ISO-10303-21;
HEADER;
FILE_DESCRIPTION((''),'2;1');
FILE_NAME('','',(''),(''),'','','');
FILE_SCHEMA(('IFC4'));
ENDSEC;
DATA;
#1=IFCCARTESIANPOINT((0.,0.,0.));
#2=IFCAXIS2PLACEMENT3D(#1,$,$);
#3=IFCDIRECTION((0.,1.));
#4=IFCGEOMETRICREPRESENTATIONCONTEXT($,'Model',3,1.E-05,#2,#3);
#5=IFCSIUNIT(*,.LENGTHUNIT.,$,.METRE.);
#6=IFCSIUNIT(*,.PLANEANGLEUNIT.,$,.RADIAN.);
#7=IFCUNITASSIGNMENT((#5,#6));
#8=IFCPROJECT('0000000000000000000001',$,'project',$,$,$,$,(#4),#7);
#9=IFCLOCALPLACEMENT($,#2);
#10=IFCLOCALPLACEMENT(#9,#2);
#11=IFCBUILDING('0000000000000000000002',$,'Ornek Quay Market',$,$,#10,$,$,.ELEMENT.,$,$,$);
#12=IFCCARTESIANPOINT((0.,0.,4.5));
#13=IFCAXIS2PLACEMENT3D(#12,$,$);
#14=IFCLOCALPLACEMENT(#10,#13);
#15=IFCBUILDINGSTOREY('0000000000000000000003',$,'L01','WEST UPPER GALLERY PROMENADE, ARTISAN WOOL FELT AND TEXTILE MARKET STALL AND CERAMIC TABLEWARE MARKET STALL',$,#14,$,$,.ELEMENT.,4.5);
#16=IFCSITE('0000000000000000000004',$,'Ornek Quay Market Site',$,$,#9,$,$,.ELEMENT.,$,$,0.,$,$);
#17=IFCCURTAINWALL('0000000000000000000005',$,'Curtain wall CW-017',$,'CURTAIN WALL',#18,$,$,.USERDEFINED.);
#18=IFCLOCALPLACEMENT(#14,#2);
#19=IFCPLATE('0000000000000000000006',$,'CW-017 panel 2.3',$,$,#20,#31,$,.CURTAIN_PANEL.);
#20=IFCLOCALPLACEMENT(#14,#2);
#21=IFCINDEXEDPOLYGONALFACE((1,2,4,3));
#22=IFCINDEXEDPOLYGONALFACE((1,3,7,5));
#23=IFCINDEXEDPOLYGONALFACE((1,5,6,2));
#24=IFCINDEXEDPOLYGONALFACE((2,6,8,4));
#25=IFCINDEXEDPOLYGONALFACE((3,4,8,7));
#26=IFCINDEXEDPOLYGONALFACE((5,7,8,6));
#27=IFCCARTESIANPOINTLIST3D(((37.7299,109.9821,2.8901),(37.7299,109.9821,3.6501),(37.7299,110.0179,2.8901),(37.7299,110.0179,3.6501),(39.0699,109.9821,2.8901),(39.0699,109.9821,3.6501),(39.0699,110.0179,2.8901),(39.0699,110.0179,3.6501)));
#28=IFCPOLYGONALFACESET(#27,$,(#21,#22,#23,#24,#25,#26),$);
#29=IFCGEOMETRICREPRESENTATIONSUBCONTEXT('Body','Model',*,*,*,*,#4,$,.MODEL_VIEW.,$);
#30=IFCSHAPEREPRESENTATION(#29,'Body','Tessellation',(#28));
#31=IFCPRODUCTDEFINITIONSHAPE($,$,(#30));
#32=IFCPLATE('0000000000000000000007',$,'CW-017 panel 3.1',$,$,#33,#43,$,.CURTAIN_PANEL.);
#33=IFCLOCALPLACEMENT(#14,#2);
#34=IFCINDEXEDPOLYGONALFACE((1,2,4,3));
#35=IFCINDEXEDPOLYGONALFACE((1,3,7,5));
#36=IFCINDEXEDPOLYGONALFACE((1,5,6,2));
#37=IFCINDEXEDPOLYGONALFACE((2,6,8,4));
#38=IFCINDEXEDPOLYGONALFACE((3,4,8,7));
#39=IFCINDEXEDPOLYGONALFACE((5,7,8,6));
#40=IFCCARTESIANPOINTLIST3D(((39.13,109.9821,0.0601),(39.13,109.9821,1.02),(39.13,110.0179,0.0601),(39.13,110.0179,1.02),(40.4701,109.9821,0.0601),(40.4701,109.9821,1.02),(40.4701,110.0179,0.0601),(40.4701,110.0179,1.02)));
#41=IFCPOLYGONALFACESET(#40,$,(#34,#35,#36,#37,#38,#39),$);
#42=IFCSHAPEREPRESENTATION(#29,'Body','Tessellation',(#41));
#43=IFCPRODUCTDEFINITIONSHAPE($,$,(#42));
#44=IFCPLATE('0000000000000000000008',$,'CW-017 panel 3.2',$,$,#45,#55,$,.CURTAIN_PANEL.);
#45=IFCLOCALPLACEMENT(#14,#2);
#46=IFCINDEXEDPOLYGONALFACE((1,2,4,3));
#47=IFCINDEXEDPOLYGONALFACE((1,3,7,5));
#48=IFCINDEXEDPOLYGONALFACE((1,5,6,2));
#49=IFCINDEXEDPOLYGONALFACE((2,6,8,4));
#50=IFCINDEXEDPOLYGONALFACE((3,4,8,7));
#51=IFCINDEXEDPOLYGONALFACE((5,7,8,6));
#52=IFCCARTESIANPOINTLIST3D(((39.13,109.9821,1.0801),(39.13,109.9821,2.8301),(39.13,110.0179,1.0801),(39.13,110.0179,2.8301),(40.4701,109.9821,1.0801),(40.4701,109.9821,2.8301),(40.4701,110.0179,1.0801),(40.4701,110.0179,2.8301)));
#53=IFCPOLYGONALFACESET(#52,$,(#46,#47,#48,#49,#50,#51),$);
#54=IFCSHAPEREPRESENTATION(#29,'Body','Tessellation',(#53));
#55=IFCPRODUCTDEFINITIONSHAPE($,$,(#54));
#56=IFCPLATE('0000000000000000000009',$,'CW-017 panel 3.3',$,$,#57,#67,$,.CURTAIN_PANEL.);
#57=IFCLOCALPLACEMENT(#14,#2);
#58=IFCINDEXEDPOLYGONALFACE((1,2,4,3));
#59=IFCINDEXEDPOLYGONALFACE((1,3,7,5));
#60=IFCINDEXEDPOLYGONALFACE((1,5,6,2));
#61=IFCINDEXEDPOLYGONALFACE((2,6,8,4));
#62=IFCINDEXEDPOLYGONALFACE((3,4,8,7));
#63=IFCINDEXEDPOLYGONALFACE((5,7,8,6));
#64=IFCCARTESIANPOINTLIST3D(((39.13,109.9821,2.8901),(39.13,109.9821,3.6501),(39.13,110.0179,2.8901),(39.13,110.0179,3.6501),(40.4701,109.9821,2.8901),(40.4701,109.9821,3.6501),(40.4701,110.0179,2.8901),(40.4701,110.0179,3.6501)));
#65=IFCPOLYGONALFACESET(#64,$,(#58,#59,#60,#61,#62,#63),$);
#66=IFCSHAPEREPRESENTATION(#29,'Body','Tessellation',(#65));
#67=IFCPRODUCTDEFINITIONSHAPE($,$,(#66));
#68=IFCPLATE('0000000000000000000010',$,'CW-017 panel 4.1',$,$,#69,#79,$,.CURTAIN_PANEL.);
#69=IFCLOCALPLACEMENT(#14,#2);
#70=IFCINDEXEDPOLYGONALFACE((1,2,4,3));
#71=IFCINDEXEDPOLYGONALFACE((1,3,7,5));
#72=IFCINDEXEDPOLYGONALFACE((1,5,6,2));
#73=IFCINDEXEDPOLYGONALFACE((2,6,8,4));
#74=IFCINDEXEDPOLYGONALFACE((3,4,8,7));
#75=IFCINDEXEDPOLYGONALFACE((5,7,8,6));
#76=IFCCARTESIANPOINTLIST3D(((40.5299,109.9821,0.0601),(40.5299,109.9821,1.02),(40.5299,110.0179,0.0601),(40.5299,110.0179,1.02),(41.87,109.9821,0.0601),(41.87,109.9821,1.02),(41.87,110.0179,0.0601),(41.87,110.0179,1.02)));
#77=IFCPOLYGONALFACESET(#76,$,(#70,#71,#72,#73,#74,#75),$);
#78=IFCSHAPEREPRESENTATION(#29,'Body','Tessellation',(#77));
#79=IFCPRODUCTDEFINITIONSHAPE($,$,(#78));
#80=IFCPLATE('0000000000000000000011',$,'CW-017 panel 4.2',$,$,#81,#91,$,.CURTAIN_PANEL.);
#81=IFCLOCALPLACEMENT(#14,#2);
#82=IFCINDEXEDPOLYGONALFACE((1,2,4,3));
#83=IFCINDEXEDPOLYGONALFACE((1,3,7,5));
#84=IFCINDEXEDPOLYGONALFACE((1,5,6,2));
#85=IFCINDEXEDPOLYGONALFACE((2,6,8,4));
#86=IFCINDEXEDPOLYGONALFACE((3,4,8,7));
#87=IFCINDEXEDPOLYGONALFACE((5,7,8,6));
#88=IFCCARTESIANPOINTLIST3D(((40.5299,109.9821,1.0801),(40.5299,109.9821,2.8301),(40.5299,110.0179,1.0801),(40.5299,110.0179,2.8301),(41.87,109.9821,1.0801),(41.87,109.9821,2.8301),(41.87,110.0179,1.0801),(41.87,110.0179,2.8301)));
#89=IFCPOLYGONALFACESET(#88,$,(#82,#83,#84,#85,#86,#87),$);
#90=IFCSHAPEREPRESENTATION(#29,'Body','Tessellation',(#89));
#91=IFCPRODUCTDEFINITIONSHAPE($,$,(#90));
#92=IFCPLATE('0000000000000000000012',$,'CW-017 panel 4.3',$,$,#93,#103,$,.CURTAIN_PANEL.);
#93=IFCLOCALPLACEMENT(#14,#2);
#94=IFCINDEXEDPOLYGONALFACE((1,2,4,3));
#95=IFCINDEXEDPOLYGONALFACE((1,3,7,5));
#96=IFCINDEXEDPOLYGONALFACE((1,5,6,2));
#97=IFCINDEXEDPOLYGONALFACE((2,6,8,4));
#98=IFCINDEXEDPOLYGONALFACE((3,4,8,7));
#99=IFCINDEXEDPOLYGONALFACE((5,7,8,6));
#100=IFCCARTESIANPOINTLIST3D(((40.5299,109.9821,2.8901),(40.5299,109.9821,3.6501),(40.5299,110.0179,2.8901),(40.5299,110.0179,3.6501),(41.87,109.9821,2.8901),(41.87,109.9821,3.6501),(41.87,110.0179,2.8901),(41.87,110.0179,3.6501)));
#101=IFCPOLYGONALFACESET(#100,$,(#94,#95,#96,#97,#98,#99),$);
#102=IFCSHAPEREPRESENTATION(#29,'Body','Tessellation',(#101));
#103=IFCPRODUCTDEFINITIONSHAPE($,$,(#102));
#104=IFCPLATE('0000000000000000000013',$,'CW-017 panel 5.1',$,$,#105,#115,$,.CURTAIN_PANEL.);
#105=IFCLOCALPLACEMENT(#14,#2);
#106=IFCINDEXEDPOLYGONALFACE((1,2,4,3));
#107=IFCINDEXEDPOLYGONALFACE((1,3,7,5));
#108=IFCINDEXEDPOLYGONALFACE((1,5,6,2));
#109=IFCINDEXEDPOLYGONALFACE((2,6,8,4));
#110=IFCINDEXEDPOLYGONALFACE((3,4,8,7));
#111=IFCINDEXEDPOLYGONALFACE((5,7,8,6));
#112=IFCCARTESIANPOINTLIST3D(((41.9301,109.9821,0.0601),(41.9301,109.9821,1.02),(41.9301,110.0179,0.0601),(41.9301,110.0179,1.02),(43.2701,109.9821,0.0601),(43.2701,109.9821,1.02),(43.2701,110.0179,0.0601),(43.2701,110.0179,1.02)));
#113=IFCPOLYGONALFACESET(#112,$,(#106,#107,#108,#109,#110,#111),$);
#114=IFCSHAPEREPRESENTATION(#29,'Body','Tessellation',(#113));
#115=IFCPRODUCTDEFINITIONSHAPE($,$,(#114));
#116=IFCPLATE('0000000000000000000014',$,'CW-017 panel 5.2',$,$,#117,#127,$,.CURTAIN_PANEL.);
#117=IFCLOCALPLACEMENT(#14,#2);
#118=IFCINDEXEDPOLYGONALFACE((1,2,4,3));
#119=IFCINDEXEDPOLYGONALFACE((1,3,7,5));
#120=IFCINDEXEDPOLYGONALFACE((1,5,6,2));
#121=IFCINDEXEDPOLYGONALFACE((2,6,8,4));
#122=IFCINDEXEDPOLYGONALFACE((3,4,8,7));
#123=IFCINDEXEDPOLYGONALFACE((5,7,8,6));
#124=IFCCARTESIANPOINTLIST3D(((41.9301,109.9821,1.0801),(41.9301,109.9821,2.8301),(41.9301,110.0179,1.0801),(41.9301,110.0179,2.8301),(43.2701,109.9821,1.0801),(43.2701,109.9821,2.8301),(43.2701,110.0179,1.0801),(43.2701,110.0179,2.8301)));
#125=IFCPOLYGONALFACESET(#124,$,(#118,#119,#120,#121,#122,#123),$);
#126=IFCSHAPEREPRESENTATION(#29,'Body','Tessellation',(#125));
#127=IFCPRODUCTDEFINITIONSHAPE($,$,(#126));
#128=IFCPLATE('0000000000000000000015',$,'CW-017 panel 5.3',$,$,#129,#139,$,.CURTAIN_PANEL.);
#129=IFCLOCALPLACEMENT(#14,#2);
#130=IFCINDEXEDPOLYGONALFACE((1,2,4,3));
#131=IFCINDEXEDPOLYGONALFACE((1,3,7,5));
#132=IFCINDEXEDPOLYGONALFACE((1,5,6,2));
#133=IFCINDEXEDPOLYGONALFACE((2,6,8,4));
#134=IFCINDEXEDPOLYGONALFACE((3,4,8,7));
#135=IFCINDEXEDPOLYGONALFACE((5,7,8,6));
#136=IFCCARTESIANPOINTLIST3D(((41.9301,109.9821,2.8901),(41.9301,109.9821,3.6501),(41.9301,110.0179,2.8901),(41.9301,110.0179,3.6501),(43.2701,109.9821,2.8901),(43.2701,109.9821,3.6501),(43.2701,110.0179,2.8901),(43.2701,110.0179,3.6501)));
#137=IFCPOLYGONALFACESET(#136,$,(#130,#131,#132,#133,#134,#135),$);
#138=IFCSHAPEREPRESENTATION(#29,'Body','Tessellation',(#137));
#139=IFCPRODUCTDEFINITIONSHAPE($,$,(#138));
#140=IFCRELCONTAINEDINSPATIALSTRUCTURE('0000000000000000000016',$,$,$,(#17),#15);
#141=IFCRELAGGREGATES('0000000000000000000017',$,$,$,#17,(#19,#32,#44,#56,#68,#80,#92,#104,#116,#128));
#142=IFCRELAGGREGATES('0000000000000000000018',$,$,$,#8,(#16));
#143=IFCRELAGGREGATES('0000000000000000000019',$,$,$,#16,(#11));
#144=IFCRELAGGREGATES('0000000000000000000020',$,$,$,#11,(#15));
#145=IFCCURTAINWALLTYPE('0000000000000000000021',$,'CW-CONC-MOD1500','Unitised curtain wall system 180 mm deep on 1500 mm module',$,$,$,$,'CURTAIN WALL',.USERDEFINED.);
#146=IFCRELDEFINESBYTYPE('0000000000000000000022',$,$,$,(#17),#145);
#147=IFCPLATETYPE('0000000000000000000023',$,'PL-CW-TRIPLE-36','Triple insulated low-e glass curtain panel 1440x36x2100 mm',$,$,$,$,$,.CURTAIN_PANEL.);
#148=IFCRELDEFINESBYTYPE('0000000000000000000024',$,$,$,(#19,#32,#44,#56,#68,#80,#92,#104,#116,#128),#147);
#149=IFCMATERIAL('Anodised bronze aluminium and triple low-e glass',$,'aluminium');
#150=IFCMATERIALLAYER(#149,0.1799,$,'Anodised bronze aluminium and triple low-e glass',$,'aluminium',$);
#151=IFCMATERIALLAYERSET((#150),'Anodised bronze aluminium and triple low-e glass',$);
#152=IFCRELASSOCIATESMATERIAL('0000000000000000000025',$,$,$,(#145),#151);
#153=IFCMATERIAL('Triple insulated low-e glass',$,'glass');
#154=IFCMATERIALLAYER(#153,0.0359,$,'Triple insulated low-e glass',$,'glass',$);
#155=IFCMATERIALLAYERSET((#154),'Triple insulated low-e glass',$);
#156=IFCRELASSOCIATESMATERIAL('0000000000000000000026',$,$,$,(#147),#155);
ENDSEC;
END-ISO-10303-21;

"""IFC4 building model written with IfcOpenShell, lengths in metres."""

from ifc_helpers import new_model, si_unit, direction, frame, origin, origin_2d, place, context, subcontext, project, spatial, rectangle, extrude, material, layer, layer_set, type_object, element, aggregate, save


model = new_model("IFC4")

# Units and contexts
model_context = context("Model", 3, precision=1e-05, world=origin(), true_north=direction((0.0, 1.0)))
body_context = subcontext(model_context, "Body", "Model", "MODEL_VIEW")
ifc_project = project(units=[si_unit("LENGTHUNIT", "METRE"), si_unit("PLANEANGLEUNIT", "RADIAN")], contexts=[model_context])

# Site, building, storey
site_placement = place(None, origin())
site = spatial("IfcSite", under=ifc_project, at=site_placement, Name="Ornek Quay Market Site", CompositionType="ELEMENT", RefElevation=0.0)
building_placement = place(site_placement, origin())
building = spatial("IfcBuilding", under=site, at=building_placement, Name="Ornek Quay Market", CompositionType="ELEMENT")
storey_placement = place(building_placement, frame((0.0, 0.0, 4.5)))
storey = spatial("IfcBuildingStorey", under=building, at=storey_placement, Name="L01", Description="WEST UPPER GALLERY PROMENADE, ARTISAN WOOL FELT AND TEXTILE MARKET STALL AND CERAMIC TABLEWARE MARKET STALL", CompositionType="ELEMENT", Elevation=4.5)

# Curtain wall, plates
ifc_material_1 = material(Name="Anodised bronze aluminium and triple low-e glass", Category="aluminium")
ifc_layer_1 = layer(ifc_material_1, 0.1799, Name="Anodised bronze aluminium and triple low-e glass", Category="aluminium")
ifc_layer_set_1 = layer_set([ifc_layer_1], Name="Anodised bronze aluminium and triple low-e glass")
curtain_wall_type = type_object("IfcCurtainWallType", Name="CW-CONC-MOD1500", Description="Unitised curtain wall system 180 mm deep on 1500 mm module", ElementType="CURTAIN WALL", PredefinedType="USERDEFINED", material=ifc_layer_set_1)
curtain_wall_placement = place(storey_placement, origin())
curtain_wall = element("IfcCurtainWall", 1, at=curtain_wall_placement, inside=storey, type_object=curtain_wall_type, Name="Curtain wall CW-017", ObjectType="CURTAIN WALL", PredefinedType="USERDEFINED")
ifc_material_2 = material(Name="Triple insulated low-e glass", Category="glass")
ifc_layer_2 = layer(ifc_material_2, 0.0359, Name="Triple insulated low-e glass", Category="glass")
ifc_layer_set_2 = layer_set([ifc_layer_2], Name="Triple insulated low-e glass")
plate_type = type_object("IfcPlateType", Name="PL-CW-TRIPLE-36", Description="Triple insulated low-e glass curtain panel 1440x36x2100 mm", PredefinedType="CURTAIN_PANEL", material=ifc_layer_set_2)
plate_1_placement = place(storey_placement, frame((38.3999, 110.0, 2.8901), z_axis=(0.0, 0.0, 1.0), x_axis=(1.0, 0.0, 0.0)))
plate_1 = element("IfcPlate", 2, at=plate_1_placement, type_object=plate_type, Name="CW-017 panel 2.3", PredefinedType="CURTAIN_PANEL", context=body_context, shape_type="SweptSolid", body=[
    extrude(rectangle(XDim=1.3401, YDim=0.0359, at=origin_2d()), origin(), (0.0, 0.0, 1.0), 0.76),
])
plate_2_placement = place(storey_placement, frame((39.8, 110.0, 0.0601), z_axis=(0.0, 0.0, 1.0), x_axis=(1.0, 0.0, 0.0)))
plate_2 = element("IfcPlate", 3, at=plate_2_placement, type_object=plate_type, Name="CW-017 panel 3.1", PredefinedType="CURTAIN_PANEL", context=body_context, shape_type="SweptSolid", body=[
    extrude(rectangle(XDim=1.3401, YDim=0.0359, at=origin_2d()), origin(), (0.0, 0.0, 1.0), 0.96),
])
plate_3_placement = place(storey_placement, frame((39.8, 110.0, 1.0801), z_axis=(0.0, 0.0, 1.0), x_axis=(1.0, 0.0, 0.0)))
plate_3 = element("IfcPlate", 4, at=plate_3_placement, type_object=plate_type, Name="CW-017 panel 3.2", PredefinedType="CURTAIN_PANEL", context=body_context, shape_type="SweptSolid", body=[
    extrude(rectangle(XDim=1.3401, YDim=0.0359, at=origin_2d()), origin(), (0.0, 0.0, 1.0), 1.75),
])
plate_4_placement = place(storey_placement, frame((39.8, 110.0, 2.8901), z_axis=(0.0, 0.0, 1.0), x_axis=(1.0, 0.0, 0.0)))
plate_4 = element("IfcPlate", 5, at=plate_4_placement, type_object=plate_type, Name="CW-017 panel 3.3", PredefinedType="CURTAIN_PANEL", context=body_context, shape_type="SweptSolid", body=[
    extrude(rectangle(XDim=1.3401, YDim=0.0359, at=origin_2d()), origin(), (0.0, 0.0, 1.0), 0.76),
])
plate_5_placement = place(storey_placement, frame((41.2, 110.0, 0.0601), z_axis=(0.0, 0.0, 1.0), x_axis=(1.0, 0.0, 0.0)))
plate_5 = element("IfcPlate", 6, at=plate_5_placement, type_object=plate_type, Name="CW-017 panel 4.1", PredefinedType="CURTAIN_PANEL", context=body_context, shape_type="SweptSolid", body=[
    extrude(rectangle(XDim=1.3401, YDim=0.0359, at=origin_2d()), origin(), (0.0, 0.0, 1.0), 0.96),
])
plate_6_placement = place(storey_placement, frame((41.2, 110.0, 1.0801), z_axis=(0.0, 0.0, 1.0), x_axis=(1.0, 0.0, 0.0)))
plate_6 = element("IfcPlate", 7, at=plate_6_placement, type_object=plate_type, Name="CW-017 panel 4.2", PredefinedType="CURTAIN_PANEL", context=body_context, shape_type="SweptSolid", body=[
    extrude(rectangle(XDim=1.3401, YDim=0.0359, at=origin_2d()), origin(), (0.0, 0.0, 1.0), 1.75),
])
plate_7_placement = place(storey_placement, frame((41.2, 110.0, 2.8901), z_axis=(0.0, 0.0, 1.0), x_axis=(1.0, 0.0, 0.0)))
plate_7 = element("IfcPlate", 8, at=plate_7_placement, type_object=plate_type, Name="CW-017 panel 4.3", PredefinedType="CURTAIN_PANEL", context=body_context, shape_type="SweptSolid", body=[
    extrude(rectangle(XDim=1.3401, YDim=0.0359, at=origin_2d()), origin(), (0.0, 0.0, 1.0), 0.76),
])
plate_8_placement = place(storey_placement, frame((42.6001, 110.0, 0.0601), z_axis=(0.0, 0.0, 1.0), x_axis=(1.0, 0.0, 0.0)))
plate_8 = element("IfcPlate", 9, at=plate_8_placement, type_object=plate_type, Name="CW-017 panel 5.1", PredefinedType="CURTAIN_PANEL", context=body_context, shape_type="SweptSolid", body=[
    extrude(rectangle(XDim=1.3401, YDim=0.0359, at=origin_2d()), origin(), (0.0, 0.0, 1.0), 0.96),
])
plate_9_placement = place(storey_placement, frame((42.6001, 110.0, 1.0801), z_axis=(0.0, 0.0, 1.0), x_axis=(1.0, 0.0, 0.0)))
plate_9 = element("IfcPlate", 10, at=plate_9_placement, type_object=plate_type, Name="CW-017 panel 5.2", PredefinedType="CURTAIN_PANEL", context=body_context, shape_type="SweptSolid", body=[
    extrude(rectangle(XDim=1.3401, YDim=0.0359, at=origin_2d()), origin(), (0.0, 0.0, 1.0), 1.75),
])
plate_10_placement = place(storey_placement, frame((42.6001, 110.0, 2.8901), z_axis=(0.0, 0.0, 1.0), x_axis=(1.0, 0.0, 0.0)))
plate_10 = element("IfcPlate", 11, at=plate_10_placement, type_object=plate_type, Name="CW-017 panel 5.3", PredefinedType="CURTAIN_PANEL", context=body_context, shape_type="SweptSolid", body=[
    extrude(rectangle(XDim=1.3401, YDim=0.0359, at=origin_2d()), origin(), (0.0, 0.0, 1.0), 0.76),
])
aggregate(curtain_wall, [plate_1, plate_2, plate_3, plate_4, plate_5, plate_6, plate_7, plate_8, plate_9, plate_10])

save(model, "model.ifc")
